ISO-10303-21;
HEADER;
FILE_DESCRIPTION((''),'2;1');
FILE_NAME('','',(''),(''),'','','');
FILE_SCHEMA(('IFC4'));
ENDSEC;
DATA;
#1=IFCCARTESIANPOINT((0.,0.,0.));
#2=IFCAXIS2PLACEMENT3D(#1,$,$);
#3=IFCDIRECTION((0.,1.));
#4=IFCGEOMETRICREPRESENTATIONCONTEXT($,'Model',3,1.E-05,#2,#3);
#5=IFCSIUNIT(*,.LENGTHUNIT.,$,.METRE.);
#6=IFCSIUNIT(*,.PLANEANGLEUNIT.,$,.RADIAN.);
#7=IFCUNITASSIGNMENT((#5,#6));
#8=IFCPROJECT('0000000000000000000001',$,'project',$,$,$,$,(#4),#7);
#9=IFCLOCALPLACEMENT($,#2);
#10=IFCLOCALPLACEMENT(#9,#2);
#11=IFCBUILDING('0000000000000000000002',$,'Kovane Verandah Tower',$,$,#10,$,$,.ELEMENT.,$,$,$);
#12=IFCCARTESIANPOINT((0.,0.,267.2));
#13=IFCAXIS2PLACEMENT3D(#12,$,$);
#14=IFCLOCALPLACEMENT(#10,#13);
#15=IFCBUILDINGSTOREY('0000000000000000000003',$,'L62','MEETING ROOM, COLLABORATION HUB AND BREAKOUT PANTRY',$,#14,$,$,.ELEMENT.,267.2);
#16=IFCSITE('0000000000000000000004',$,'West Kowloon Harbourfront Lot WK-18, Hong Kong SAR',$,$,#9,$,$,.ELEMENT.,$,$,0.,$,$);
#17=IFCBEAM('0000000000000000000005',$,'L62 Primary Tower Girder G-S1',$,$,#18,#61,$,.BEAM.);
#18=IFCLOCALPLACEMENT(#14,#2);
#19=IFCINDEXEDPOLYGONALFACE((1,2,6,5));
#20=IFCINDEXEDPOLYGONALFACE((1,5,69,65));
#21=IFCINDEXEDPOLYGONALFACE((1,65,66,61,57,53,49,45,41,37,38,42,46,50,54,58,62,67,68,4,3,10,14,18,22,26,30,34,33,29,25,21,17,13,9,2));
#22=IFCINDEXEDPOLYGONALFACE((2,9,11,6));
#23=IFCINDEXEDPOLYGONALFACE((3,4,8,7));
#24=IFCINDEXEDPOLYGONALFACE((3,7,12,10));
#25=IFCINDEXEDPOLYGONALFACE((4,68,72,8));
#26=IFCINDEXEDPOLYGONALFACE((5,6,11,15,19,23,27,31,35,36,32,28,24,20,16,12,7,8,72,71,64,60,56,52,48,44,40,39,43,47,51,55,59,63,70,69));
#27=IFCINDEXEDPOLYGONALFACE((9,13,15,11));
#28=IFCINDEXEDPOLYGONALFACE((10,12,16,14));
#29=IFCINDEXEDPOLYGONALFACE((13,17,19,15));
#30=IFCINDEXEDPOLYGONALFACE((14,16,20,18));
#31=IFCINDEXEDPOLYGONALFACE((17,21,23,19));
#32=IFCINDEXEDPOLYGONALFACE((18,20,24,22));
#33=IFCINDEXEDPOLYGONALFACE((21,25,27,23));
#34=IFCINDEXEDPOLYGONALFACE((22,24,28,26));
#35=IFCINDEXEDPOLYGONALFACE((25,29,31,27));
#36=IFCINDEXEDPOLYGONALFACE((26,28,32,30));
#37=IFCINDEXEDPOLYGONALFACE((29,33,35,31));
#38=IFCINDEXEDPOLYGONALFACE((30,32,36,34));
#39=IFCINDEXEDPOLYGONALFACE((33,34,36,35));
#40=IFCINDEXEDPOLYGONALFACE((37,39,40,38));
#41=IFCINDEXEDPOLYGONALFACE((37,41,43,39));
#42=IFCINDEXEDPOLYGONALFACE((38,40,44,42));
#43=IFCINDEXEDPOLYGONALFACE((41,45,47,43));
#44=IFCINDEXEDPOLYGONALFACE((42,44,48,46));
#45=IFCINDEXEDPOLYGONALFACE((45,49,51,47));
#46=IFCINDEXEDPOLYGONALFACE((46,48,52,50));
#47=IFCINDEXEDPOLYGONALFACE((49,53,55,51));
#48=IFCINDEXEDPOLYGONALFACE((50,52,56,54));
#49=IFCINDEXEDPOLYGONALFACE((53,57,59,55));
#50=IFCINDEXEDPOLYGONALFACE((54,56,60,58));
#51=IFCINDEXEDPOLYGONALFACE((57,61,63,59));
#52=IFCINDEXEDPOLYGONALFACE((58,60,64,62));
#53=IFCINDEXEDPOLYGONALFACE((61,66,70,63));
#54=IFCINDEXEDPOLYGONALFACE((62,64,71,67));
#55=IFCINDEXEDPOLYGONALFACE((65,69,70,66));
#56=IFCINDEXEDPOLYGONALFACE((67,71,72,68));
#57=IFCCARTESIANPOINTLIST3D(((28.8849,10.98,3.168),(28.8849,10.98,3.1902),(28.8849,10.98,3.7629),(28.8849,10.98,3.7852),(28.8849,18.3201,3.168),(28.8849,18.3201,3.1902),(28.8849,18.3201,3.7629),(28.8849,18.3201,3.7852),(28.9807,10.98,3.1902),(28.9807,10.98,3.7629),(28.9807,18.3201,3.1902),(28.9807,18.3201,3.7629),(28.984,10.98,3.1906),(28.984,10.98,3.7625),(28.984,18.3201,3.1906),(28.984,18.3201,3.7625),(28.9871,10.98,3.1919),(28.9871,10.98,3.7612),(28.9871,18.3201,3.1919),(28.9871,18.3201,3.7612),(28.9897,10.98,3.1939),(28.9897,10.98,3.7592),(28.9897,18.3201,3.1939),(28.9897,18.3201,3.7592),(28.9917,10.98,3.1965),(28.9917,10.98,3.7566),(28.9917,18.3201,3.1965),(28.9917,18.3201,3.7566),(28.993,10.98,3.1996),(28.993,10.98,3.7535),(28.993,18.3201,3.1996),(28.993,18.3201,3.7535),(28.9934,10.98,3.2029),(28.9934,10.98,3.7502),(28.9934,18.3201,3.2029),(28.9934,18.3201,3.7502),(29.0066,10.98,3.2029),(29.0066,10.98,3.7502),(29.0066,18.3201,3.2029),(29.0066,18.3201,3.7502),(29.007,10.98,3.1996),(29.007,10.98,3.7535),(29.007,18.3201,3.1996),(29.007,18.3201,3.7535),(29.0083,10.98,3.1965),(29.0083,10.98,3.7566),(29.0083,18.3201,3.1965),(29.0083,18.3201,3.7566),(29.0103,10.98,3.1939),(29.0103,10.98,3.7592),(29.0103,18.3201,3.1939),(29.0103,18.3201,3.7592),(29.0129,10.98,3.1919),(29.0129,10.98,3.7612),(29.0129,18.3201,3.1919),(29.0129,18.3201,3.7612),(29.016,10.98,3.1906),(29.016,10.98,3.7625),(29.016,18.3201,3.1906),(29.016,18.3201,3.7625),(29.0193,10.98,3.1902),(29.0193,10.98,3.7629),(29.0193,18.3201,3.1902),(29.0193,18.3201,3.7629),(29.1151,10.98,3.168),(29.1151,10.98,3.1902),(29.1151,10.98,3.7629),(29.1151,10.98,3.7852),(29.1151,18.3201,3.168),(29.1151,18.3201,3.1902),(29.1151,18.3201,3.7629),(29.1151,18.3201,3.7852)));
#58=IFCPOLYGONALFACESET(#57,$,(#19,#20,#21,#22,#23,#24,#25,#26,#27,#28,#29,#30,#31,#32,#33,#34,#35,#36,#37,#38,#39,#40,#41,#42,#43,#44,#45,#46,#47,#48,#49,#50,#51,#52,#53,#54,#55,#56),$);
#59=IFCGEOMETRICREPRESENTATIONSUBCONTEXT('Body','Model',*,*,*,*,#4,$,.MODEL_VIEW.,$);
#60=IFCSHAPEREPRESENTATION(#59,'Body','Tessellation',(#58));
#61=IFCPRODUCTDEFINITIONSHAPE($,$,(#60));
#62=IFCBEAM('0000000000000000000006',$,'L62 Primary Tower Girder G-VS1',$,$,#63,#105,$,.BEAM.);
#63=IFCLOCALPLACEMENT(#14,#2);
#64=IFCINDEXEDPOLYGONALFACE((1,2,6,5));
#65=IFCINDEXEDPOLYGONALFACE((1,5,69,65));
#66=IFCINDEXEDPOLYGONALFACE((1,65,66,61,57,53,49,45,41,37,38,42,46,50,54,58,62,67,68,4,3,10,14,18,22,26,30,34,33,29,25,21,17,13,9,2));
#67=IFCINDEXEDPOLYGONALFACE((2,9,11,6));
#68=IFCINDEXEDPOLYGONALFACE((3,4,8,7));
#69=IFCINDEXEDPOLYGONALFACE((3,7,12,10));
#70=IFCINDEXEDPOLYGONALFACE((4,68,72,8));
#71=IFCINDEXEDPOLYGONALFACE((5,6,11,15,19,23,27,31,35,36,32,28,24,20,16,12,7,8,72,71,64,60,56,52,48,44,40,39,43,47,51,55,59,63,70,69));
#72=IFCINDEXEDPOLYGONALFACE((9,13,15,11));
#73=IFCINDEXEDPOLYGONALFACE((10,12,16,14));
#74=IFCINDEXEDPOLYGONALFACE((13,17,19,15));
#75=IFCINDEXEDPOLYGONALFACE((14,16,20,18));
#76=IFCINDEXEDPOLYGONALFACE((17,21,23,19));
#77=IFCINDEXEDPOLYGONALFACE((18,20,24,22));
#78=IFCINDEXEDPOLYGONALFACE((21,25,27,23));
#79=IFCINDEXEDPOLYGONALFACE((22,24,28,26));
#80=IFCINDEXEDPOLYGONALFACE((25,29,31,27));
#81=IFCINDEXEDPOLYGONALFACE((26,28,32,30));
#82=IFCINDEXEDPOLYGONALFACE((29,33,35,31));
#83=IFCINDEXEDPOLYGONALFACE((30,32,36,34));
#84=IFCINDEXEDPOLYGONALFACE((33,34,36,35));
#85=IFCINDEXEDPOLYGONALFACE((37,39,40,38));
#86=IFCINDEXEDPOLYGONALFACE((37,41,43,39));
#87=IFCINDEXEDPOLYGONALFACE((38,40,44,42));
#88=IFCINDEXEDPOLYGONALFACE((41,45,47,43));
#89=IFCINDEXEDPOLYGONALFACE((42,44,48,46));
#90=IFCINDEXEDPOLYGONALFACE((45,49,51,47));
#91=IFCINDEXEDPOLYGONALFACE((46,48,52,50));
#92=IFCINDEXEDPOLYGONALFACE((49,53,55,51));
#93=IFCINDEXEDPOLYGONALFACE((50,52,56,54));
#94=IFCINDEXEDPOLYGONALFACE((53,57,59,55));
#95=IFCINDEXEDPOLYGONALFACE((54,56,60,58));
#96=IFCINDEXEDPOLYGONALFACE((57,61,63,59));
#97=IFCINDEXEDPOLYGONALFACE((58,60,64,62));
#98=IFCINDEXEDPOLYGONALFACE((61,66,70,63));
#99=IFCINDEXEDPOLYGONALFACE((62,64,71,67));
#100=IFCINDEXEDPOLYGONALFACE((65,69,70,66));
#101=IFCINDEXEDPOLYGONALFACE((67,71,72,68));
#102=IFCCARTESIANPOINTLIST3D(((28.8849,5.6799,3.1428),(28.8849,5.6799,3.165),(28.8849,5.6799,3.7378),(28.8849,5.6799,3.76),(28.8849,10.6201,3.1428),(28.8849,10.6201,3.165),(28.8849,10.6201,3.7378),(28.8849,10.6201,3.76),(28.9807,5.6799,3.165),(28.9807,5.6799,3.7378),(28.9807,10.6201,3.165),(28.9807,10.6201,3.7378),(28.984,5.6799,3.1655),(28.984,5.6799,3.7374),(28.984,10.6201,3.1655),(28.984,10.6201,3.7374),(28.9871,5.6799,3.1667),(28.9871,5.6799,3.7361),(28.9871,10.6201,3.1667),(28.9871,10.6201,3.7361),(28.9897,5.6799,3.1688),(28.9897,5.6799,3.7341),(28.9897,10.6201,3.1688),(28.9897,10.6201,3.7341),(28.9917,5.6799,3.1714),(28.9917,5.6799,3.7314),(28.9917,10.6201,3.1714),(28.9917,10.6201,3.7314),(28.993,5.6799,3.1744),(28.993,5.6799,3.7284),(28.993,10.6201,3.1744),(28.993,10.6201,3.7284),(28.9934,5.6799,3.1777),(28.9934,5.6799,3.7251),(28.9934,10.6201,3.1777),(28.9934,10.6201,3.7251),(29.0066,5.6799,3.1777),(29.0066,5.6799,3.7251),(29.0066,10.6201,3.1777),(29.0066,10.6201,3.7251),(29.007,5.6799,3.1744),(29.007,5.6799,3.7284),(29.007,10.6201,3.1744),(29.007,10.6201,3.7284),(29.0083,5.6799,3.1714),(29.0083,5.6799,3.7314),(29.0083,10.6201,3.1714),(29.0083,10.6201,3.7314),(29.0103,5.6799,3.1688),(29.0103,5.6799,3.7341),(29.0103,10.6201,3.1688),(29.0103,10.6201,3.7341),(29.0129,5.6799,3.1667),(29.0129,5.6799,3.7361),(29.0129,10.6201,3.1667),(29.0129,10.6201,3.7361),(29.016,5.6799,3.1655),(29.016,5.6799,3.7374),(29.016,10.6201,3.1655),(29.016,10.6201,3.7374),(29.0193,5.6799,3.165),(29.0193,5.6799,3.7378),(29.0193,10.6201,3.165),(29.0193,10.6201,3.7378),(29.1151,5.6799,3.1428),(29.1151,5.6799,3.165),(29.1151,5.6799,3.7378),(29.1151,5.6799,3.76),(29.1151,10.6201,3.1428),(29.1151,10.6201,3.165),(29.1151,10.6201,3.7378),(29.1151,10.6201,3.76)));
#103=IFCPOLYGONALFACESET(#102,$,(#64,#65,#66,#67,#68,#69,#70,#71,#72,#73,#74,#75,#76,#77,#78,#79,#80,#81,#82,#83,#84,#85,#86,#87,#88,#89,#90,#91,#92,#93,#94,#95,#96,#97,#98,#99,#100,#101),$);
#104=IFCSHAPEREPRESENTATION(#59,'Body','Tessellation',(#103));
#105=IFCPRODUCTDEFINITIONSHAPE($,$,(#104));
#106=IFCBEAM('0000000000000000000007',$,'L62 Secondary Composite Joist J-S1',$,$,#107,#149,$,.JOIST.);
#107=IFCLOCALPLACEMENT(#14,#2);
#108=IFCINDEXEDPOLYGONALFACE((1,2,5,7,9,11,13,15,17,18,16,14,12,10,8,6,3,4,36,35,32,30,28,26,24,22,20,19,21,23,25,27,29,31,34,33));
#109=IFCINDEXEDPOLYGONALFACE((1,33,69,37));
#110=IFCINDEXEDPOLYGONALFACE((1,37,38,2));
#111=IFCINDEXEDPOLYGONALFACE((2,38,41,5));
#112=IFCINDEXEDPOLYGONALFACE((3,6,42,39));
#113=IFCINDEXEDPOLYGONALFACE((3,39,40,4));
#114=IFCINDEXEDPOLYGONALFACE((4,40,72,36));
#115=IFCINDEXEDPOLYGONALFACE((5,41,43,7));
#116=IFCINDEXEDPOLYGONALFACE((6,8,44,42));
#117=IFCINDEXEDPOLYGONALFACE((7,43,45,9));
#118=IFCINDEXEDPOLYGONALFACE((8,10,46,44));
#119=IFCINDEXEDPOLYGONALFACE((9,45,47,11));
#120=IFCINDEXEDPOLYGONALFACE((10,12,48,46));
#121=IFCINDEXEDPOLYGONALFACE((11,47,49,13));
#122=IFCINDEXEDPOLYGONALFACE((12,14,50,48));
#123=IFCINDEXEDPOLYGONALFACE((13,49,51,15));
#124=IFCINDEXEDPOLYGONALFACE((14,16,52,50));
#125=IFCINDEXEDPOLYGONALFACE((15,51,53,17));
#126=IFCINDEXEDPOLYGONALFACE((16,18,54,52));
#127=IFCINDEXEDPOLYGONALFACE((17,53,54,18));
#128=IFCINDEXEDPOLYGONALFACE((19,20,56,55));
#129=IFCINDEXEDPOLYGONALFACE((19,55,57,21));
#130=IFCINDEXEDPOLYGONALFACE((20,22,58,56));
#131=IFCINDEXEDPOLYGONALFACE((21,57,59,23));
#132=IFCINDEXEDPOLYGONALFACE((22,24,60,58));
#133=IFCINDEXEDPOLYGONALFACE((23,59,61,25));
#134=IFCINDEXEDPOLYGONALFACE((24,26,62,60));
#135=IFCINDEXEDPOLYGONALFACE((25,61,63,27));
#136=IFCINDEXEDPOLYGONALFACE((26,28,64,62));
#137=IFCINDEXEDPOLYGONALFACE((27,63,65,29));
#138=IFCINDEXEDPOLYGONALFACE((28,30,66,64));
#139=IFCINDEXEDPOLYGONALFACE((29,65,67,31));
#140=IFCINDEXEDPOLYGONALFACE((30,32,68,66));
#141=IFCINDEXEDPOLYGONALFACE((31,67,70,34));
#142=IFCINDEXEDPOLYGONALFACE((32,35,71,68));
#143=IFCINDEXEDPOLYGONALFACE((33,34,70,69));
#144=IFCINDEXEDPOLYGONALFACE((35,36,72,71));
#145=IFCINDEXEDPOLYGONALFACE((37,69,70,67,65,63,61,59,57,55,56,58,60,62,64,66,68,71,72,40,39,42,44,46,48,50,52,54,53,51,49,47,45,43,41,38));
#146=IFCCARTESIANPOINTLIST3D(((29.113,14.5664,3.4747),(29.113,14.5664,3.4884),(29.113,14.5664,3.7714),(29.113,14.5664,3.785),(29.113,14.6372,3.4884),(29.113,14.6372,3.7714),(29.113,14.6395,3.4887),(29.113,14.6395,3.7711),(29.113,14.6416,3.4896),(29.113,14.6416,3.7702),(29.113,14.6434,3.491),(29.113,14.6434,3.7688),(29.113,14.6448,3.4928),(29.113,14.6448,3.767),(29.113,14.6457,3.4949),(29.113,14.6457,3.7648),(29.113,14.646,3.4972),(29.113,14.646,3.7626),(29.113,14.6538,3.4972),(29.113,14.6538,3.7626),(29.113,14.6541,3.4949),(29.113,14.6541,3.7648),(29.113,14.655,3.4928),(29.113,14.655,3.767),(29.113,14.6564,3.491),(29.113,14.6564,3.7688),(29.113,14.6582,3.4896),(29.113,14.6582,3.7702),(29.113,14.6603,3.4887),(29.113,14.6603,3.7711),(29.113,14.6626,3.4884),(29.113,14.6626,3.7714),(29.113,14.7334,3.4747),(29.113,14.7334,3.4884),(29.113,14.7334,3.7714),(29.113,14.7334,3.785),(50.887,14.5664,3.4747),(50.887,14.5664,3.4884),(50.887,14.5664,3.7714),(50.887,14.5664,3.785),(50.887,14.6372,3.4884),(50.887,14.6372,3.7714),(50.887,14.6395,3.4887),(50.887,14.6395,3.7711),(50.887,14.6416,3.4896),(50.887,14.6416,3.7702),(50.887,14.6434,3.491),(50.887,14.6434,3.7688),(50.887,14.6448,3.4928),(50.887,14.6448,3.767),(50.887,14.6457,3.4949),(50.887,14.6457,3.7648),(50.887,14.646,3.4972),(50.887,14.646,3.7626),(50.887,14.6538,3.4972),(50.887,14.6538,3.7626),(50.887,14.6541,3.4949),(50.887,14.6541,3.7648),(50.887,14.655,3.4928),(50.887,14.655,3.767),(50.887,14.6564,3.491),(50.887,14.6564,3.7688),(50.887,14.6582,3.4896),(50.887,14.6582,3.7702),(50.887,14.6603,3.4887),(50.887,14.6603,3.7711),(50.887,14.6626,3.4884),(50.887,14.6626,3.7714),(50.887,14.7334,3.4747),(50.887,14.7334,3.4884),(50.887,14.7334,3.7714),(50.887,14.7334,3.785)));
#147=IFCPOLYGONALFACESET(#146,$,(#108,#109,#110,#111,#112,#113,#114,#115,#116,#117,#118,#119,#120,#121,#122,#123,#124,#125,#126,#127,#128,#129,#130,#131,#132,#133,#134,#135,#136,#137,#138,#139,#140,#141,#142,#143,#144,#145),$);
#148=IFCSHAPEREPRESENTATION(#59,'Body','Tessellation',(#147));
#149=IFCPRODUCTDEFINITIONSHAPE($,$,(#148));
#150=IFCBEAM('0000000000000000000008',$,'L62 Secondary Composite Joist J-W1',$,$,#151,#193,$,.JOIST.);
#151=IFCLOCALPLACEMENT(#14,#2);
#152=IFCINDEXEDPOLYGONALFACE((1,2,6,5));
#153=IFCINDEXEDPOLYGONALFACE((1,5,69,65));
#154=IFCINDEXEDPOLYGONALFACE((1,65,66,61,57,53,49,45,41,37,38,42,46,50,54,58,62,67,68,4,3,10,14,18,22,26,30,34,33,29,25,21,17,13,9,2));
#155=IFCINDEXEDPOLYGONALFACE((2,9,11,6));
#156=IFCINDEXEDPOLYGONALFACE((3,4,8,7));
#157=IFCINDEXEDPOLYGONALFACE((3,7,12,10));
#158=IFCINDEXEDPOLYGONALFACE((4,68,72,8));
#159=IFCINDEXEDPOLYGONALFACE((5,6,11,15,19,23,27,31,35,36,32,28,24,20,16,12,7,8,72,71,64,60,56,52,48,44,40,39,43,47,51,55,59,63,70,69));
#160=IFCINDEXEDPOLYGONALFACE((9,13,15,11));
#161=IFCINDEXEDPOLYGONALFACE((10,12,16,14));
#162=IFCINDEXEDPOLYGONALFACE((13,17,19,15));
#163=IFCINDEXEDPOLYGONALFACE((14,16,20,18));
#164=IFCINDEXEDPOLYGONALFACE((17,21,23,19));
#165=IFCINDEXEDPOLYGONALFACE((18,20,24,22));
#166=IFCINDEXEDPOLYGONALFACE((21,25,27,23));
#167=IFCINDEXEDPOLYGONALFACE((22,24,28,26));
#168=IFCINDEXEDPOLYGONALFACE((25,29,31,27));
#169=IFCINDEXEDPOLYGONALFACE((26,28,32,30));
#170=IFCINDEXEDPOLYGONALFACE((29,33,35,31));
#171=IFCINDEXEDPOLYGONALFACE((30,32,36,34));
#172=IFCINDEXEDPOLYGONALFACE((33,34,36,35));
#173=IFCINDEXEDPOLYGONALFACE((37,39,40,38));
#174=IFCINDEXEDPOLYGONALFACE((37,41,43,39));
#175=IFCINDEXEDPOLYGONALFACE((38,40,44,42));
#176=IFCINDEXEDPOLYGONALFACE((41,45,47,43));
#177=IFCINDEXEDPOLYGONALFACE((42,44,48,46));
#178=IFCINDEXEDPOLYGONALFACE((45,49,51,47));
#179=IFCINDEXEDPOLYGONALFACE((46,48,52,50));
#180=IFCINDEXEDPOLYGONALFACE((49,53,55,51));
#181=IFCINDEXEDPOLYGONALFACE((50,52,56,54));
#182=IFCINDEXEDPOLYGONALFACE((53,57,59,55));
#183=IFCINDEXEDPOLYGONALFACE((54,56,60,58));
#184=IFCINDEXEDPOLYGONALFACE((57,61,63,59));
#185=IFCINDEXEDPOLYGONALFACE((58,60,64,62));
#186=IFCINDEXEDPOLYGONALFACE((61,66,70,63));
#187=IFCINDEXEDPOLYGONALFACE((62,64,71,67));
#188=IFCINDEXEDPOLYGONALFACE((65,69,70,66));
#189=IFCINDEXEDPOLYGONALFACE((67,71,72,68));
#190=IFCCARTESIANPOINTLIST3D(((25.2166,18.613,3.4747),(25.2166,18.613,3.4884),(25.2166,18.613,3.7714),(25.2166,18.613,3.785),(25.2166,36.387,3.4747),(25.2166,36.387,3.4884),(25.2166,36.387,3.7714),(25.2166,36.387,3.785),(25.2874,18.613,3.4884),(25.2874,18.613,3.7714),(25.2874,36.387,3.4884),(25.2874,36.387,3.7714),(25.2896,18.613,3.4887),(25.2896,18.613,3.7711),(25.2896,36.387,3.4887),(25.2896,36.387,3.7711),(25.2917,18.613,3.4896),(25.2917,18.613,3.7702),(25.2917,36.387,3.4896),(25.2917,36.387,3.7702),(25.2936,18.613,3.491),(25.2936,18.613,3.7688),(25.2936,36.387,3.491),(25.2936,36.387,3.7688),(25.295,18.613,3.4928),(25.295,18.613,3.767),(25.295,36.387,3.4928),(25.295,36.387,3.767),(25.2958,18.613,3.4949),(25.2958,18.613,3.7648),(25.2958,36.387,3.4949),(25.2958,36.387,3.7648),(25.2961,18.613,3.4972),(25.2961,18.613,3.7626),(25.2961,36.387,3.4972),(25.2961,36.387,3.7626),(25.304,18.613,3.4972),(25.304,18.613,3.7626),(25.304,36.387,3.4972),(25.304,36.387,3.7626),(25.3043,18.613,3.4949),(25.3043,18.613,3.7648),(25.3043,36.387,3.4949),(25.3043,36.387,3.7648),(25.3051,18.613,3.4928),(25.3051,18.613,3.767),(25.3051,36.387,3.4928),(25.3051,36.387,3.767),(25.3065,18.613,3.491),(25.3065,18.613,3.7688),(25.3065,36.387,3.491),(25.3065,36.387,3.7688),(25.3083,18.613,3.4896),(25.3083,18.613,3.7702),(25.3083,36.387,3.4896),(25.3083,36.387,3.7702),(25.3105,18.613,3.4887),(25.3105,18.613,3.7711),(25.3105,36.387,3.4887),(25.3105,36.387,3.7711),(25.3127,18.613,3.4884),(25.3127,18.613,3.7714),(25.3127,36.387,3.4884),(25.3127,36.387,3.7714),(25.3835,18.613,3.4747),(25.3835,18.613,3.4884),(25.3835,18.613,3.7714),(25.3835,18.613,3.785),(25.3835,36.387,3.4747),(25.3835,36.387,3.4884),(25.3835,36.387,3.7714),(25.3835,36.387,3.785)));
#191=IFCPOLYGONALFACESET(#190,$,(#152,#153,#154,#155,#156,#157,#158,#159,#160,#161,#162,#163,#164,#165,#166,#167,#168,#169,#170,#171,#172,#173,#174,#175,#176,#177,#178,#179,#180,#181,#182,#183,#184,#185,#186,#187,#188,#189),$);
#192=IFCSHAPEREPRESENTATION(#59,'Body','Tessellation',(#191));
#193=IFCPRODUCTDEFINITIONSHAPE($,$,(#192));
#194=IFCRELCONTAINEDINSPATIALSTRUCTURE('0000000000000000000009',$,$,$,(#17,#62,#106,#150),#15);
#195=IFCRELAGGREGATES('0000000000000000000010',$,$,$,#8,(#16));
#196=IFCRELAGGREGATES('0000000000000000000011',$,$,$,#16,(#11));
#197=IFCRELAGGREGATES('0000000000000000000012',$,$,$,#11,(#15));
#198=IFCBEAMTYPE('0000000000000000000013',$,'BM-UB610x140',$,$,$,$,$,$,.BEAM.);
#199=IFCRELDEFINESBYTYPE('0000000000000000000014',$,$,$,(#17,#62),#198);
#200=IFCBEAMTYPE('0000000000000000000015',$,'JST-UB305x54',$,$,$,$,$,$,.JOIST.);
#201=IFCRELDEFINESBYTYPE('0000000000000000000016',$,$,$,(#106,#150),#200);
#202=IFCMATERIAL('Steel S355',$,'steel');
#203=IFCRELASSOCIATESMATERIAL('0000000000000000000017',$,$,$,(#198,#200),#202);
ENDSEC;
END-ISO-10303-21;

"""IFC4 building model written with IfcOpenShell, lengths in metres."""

from ifc_helpers import new_model, si_unit, direction, frame, origin, origin_2d, place, context, subcontext, project, spatial, i_section, extrude, material, material_profile, profile_set, type_object, element, save


model = new_model("IFC4")

# Units and contexts
model_context = context("Model", 3, precision=1e-05, world=origin(), true_north=direction((0.0, 1.0)))
body_context = subcontext(model_context, "Body", "Model", "MODEL_VIEW")
ifc_project = project(units=[si_unit("LENGTHUNIT", "METRE"), si_unit("PLANEANGLEUNIT", "RADIAN")], contexts=[model_context])

# Site, building, storey
site_placement = place(None, origin())
site = spatial("IfcSite", under=ifc_project, at=site_placement, Name="West Kowloon Harbourfront Lot WK-18, Hong Kong SAR", CompositionType="ELEMENT", RefElevation=0.0)
building_placement = place(site_placement, origin())
building = spatial("IfcBuilding", under=site, at=building_placement, Name="Kovane Verandah Tower", CompositionType="ELEMENT")
storey_placement = place(building_placement, frame((0.0, 0.0, 267.2)))
storey = spatial("IfcBuildingStorey", under=building, at=storey_placement, Name="L62", Description="MEETING ROOM, COLLABORATION HUB AND BREAKOUT PANTRY", CompositionType="ELEMENT", Elevation=267.2)

# Beams
ifc_material_1 = material(Name="Steel S355", Category="steel")
ifc_material_profile_1 = material_profile(ifc_material_1, i_section(OverallWidth=0.2302, OverallDepth=0.6172, WebThickness=0.0132, FlangeThickness=0.0222, FilletRadius=0.0127, at=origin_2d()), Name="UB610x229x140")
ifc_profile_set_1 = profile_set([ifc_material_profile_1], Name="Steel S355")
beam_type_1 = type_object("IfcBeamType", Name="BM-UB610x140", PredefinedType="BEAM", material=ifc_profile_set_1)
beam_1_placement = place(storey_placement, frame((29.0, 18.3201, 3.4766), z_axis=(0.0, -1.0, 0.0), x_axis=(1.0, 0.0, 0.0)))
element("IfcBeam", 1, at=beam_1_placement, inside=storey, type_object=beam_type_1, Name="L62 Primary Tower Girder G-S1", PredefinedType="BEAM", context=body_context, shape_type="SweptSolid", body=[
    extrude(i_section(OverallWidth=0.2302, OverallDepth=0.6172, WebThickness=0.0132, FlangeThickness=0.0222, FilletRadius=0.0127, at=origin_2d()), origin(), (0.0, 0.0, 1.0), 7.3401),
])
beam_2_placement = place(storey_placement, frame((29.0, 10.6201, 3.4514), z_axis=(0.0, -1.0, 0.0), x_axis=(1.0, 0.0, 0.0)))
element("IfcBeam", 2, at=beam_2_placement, inside=storey, type_object=beam_type_1, Name="L62 Primary Tower Girder G-VS1", PredefinedType="BEAM", context=body_context, shape_type="SweptSolid", body=[
    extrude(i_section(OverallWidth=0.2302, OverallDepth=0.6172, WebThickness=0.0132, FlangeThickness=0.0222, FilletRadius=0.0127, at=origin_2d()), origin(), (0.0, 0.0, 1.0), 4.9402),
])
ifc_material_profile_2 = material_profile(ifc_material_1, i_section(OverallWidth=0.167, OverallDepth=0.3103, WebThickness=0.0078, FlangeThickness=0.0137, FilletRadius=0.0088, at=origin_2d()), Name="UB305x165x54")
ifc_profile_set_2 = profile_set([ifc_material_profile_2], Name="Steel S355")
beam_type_2 = type_object("IfcBeamType", Name="JST-UB305x54", PredefinedType="JOIST", material=ifc_profile_set_2)
beam_3_placement = place(storey_placement, frame((29.113, 14.6499, 3.6299), z_axis=(1.0, 0.0, 0.0), x_axis=(0.0, 1.0, 0.0)))
element("IfcBeam", 3, at=beam_3_placement, inside=storey, type_object=beam_type_2, Name="L62 Secondary Composite Joist J-S1", PredefinedType="JOIST", context=body_context, shape_type="SweptSolid", body=[
    extrude(i_section(OverallWidth=0.167, OverallDepth=0.3103, WebThickness=0.0078, FlangeThickness=0.0137, FilletRadius=0.0088, at=origin_2d()), origin(), (0.0, 0.0, 1.0), 21.7739),
])
beam_4_placement = place(storey_placement, frame((25.3, 18.613, 3.6299), z_axis=(0.0, 1.0, 0.0), x_axis=(-1.0, 0.0, 0.0)))
element("IfcBeam", 4, at=beam_4_placement, inside=storey, type_object=beam_type_2, Name="L62 Secondary Composite Joist J-W1", PredefinedType="JOIST", context=body_context, shape_type="SweptSolid", body=[
    extrude(i_section(OverallWidth=0.167, OverallDepth=0.3103, WebThickness=0.0078, FlangeThickness=0.0137, FilletRadius=0.0088, at=origin_2d()), origin(), (0.0, 0.0, 1.0), 17.7739),
])

save(model, "model.ifc")
